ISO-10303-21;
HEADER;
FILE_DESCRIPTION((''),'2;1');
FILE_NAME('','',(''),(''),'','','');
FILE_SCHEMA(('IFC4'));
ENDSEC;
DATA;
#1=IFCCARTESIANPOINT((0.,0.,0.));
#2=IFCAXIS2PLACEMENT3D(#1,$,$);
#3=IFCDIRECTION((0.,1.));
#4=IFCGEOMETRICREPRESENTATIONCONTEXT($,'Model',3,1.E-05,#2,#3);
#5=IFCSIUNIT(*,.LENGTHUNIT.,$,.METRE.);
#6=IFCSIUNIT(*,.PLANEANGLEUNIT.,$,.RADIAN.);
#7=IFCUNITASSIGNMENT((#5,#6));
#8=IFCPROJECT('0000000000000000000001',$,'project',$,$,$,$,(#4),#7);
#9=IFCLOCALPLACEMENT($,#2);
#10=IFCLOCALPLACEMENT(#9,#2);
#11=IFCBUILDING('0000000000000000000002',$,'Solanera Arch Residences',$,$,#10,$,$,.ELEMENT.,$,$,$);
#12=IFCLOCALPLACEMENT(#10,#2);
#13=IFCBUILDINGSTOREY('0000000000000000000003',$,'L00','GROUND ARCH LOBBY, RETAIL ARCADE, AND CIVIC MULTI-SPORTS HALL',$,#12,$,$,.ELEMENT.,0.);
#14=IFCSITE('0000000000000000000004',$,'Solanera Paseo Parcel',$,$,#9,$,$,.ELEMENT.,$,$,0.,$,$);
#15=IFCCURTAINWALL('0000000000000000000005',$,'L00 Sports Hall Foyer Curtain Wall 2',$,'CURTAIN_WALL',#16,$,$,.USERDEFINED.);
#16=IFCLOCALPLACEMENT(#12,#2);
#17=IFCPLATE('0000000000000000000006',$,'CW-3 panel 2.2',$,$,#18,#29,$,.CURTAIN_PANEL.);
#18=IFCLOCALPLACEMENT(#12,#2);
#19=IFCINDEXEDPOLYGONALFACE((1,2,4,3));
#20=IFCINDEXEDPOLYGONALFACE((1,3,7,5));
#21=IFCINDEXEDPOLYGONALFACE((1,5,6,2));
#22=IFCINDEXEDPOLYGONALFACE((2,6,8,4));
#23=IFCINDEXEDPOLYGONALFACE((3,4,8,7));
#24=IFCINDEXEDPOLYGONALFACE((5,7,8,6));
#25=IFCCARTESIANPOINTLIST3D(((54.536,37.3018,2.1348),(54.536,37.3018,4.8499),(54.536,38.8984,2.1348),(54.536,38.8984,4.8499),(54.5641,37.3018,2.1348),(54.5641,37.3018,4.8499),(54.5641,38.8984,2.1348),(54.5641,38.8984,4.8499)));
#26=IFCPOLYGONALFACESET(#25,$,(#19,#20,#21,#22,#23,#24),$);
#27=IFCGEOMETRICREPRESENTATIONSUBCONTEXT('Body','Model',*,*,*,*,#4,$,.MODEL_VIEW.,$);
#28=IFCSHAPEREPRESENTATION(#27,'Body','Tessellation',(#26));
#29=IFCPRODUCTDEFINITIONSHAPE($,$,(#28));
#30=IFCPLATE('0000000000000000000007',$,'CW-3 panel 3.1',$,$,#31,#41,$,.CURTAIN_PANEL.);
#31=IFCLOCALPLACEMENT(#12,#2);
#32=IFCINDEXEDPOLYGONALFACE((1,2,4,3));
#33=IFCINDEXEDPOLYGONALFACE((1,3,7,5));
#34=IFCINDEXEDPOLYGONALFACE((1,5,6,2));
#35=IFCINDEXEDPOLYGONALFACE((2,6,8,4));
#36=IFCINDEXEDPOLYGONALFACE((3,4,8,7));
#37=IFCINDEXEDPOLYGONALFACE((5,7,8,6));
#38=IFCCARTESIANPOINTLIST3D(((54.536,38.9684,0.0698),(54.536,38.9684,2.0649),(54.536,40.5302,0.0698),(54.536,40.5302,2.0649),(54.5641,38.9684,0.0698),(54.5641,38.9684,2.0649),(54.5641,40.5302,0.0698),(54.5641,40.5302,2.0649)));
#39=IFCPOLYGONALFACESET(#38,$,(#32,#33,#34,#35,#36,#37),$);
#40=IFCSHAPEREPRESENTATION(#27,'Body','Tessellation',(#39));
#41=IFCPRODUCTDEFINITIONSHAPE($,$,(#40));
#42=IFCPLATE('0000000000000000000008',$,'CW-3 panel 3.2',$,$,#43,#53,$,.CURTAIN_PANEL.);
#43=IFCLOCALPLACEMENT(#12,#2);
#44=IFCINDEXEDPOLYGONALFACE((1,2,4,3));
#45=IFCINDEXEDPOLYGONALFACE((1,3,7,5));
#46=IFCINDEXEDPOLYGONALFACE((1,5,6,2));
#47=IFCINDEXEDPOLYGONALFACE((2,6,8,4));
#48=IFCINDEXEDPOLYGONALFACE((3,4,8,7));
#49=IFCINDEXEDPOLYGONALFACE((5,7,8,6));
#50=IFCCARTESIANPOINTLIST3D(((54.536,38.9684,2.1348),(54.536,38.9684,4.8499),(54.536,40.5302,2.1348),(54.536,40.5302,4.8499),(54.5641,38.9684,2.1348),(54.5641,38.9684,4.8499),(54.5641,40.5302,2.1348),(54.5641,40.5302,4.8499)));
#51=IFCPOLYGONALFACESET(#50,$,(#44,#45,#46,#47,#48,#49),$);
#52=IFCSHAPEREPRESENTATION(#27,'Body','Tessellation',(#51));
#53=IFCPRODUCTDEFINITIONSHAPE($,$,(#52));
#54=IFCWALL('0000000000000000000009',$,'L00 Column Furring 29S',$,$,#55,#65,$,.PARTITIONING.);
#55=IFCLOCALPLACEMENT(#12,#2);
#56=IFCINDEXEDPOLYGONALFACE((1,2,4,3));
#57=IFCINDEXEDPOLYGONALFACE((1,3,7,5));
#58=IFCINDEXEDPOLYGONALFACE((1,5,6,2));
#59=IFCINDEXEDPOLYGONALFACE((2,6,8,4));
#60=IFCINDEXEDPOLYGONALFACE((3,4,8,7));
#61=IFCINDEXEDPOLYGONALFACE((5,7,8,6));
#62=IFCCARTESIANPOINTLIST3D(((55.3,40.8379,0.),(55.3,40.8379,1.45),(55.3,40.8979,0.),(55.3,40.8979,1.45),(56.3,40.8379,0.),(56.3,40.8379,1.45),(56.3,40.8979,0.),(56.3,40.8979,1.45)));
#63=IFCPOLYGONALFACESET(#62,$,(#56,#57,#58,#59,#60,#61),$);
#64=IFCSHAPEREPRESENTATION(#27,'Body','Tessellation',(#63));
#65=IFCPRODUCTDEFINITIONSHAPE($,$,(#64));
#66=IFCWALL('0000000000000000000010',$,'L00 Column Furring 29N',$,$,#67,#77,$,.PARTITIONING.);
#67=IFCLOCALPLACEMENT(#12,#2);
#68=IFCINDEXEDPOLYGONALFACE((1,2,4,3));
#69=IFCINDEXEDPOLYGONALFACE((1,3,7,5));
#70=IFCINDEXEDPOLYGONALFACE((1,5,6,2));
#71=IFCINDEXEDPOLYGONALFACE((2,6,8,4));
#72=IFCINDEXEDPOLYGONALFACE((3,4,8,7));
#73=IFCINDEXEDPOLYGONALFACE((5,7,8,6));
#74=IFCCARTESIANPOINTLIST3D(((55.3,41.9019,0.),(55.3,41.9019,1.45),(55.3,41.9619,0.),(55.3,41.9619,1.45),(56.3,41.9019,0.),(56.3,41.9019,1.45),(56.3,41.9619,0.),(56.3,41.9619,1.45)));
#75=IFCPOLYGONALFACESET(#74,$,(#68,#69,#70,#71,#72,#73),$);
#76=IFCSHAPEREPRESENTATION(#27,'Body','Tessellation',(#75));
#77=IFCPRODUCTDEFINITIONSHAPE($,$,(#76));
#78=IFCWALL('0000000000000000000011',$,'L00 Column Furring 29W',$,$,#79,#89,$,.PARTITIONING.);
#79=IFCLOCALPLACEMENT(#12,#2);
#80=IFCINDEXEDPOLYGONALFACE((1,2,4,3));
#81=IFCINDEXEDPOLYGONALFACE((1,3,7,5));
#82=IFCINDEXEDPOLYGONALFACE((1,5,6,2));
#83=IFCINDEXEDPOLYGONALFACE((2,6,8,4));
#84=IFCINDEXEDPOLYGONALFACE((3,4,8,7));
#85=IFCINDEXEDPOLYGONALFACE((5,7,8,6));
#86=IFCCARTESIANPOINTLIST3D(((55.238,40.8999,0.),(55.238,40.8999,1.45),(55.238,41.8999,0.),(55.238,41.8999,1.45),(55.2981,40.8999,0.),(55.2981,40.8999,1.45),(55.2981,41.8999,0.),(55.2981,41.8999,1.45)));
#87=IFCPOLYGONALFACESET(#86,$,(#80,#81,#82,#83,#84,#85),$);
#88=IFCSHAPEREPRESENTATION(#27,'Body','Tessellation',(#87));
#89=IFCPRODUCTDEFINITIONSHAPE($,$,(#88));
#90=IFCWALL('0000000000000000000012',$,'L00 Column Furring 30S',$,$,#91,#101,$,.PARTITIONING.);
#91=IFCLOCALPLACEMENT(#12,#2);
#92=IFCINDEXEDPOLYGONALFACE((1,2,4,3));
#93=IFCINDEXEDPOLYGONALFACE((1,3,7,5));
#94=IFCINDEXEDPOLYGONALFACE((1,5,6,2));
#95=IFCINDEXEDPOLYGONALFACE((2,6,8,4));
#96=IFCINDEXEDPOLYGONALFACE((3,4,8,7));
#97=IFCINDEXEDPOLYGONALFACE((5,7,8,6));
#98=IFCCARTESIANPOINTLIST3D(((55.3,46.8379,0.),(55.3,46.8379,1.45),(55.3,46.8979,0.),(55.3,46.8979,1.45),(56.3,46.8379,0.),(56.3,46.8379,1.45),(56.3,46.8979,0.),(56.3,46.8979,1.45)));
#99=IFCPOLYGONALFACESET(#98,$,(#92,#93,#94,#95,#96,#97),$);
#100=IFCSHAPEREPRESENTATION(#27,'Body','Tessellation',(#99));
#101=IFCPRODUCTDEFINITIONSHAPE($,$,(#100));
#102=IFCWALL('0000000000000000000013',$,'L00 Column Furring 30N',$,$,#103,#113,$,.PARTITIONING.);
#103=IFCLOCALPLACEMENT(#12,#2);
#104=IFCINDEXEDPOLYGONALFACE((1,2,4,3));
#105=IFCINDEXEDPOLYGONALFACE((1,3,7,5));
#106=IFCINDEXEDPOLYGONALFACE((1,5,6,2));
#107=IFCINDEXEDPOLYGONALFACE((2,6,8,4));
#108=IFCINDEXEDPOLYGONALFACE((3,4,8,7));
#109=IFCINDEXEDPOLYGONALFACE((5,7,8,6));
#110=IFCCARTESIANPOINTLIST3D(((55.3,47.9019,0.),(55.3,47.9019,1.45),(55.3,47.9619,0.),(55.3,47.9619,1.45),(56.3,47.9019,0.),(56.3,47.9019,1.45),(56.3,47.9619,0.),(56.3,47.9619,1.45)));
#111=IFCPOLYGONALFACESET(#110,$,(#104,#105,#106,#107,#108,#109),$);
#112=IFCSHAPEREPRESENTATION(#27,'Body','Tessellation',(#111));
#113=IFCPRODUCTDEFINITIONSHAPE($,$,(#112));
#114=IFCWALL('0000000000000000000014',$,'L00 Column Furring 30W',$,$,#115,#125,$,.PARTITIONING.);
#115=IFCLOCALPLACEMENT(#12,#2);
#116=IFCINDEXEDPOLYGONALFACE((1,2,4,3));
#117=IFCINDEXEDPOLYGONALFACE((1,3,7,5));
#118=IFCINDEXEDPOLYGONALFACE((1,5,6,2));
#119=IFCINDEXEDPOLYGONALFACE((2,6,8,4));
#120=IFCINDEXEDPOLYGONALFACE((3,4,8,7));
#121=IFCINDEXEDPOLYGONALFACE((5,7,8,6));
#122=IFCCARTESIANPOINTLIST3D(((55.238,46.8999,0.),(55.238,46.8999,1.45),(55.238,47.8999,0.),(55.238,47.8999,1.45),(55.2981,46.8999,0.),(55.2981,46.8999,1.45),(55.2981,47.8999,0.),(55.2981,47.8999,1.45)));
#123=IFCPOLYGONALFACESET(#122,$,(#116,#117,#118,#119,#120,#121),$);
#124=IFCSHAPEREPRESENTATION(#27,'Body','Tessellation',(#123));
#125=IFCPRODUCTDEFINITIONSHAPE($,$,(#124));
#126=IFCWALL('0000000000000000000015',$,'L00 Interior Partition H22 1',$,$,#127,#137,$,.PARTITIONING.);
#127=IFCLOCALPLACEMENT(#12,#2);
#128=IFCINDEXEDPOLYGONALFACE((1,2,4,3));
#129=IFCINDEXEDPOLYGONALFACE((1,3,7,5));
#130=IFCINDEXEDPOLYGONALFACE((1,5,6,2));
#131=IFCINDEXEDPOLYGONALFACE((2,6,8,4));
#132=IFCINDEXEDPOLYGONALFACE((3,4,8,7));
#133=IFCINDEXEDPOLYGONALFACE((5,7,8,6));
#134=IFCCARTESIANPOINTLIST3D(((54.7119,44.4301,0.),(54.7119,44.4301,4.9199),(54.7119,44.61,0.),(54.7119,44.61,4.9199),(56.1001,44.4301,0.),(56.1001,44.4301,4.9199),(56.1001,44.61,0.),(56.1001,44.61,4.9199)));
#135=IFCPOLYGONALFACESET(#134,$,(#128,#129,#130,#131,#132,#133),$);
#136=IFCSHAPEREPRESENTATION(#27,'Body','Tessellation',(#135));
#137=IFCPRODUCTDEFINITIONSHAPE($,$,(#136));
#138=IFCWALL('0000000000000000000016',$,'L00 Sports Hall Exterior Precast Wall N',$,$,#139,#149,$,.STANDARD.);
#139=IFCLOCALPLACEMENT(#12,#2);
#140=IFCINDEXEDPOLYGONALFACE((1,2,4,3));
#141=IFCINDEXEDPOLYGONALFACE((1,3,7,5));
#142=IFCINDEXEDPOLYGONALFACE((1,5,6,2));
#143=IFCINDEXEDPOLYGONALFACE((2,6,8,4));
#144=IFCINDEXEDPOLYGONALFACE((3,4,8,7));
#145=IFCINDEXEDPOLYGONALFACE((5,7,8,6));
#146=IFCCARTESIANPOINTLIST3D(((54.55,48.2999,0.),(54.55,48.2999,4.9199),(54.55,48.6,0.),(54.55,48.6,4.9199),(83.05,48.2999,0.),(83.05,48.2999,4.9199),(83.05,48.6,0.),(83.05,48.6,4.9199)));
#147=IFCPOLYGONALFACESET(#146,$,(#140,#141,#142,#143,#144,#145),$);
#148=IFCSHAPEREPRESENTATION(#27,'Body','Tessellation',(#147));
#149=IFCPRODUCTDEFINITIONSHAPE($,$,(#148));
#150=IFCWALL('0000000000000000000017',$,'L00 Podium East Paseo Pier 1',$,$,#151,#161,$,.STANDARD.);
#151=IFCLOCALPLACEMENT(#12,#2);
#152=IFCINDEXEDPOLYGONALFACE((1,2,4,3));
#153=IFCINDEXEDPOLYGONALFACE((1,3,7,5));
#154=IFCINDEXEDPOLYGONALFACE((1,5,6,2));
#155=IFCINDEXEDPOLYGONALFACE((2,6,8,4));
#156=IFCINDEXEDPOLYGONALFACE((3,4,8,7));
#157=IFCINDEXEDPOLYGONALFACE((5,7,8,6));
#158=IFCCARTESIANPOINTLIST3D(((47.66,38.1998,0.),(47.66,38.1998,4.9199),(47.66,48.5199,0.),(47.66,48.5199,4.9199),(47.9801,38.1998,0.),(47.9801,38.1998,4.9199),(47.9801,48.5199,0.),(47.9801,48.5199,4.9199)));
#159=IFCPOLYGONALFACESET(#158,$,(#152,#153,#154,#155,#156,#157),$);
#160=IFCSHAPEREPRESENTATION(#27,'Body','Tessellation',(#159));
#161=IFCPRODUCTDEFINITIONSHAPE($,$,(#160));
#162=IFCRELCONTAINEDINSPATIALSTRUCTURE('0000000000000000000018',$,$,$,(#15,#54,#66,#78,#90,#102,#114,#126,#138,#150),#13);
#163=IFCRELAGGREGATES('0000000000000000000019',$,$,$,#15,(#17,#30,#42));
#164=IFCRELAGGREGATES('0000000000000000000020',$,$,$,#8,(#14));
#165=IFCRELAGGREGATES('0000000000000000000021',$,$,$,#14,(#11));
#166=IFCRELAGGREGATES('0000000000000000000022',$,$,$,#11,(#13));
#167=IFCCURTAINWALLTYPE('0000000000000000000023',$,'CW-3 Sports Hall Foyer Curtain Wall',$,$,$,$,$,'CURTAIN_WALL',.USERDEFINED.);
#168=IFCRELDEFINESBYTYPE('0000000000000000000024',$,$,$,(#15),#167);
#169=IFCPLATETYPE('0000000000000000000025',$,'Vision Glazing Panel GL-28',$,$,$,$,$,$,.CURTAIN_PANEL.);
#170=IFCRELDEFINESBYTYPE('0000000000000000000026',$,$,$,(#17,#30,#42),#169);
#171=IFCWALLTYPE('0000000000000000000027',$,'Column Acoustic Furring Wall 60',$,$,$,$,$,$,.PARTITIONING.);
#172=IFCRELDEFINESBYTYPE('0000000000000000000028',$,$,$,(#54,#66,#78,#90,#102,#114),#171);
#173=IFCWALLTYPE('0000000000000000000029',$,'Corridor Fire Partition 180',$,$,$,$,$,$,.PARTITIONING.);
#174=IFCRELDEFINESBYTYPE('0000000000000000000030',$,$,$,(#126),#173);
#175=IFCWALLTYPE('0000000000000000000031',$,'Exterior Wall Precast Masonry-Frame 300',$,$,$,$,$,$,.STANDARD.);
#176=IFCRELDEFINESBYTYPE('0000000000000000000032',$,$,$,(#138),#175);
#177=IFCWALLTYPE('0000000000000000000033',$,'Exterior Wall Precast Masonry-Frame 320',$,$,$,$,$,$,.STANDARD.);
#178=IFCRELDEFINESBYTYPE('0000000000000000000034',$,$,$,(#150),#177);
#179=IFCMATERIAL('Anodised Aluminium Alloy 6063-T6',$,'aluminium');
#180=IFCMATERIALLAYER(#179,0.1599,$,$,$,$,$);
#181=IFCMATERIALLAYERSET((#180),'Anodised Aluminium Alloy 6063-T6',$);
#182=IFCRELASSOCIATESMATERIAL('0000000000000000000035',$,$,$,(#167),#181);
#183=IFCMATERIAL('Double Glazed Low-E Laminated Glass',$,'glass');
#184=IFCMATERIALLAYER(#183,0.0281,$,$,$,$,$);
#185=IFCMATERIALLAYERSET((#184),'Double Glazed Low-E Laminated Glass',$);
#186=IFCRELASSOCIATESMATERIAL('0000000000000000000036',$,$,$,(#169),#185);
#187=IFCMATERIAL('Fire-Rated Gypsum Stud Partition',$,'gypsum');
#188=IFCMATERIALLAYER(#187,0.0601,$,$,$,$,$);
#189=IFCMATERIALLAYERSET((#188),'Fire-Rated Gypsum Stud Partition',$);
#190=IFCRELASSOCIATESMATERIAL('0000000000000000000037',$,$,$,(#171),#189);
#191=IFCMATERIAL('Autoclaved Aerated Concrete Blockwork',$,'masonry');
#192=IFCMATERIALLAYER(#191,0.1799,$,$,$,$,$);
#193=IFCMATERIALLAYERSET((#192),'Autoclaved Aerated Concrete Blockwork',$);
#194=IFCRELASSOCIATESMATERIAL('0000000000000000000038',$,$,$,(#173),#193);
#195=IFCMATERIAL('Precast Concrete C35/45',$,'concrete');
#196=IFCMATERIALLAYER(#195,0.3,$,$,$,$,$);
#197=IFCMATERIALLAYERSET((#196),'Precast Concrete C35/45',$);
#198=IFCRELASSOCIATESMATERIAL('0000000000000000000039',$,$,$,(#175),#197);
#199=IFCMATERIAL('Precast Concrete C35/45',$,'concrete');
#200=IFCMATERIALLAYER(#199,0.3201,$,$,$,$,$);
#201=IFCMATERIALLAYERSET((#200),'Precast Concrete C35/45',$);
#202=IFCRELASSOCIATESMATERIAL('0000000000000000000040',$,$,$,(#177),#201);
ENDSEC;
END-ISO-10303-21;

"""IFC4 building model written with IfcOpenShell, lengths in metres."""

from ifc_helpers import new_model, si_unit, direction, frame, frame_2d, origin, origin_2d, place, context, subcontext, project, spatial, rectangle, extrude, material, layer, layer_set, type_object, element, aggregate, save


model = new_model("IFC4")

# Units and contexts
model_context = context("Model", 3, precision=1e-05, world=origin(), true_north=direction((0.0, 1.0)))
body_context = subcontext(model_context, "Body", "Model", "MODEL_VIEW")
ifc_project = project(units=[si_unit("LENGTHUNIT", "METRE"), si_unit("PLANEANGLEUNIT", "RADIAN")], contexts=[model_context])

# Site, building, storey
site_placement = place(None, origin())
site = spatial("IfcSite", under=ifc_project, at=site_placement, Name="Solanera Paseo Parcel", CompositionType="ELEMENT", RefElevation=0.0)
building_placement = place(site_placement, origin())
building = spatial("IfcBuilding", under=site, at=building_placement, Name="Solanera Arch Residences", CompositionType="ELEMENT")
storey_placement = place(building_placement, origin())
storey = spatial("IfcBuildingStorey", under=building, at=storey_placement, Name="L00", Description="GROUND ARCH LOBBY, RETAIL ARCADE, AND CIVIC MULTI-SPORTS HALL", CompositionType="ELEMENT", Elevation=0.0)

# Curtain wall
ifc_material_1 = material(Name="Anodised Aluminium Alloy 6063-T6", Category="aluminium")
ifc_layer_1 = layer(ifc_material_1, 0.1599)
ifc_layer_set_1 = layer_set([ifc_layer_1], Name="Anodised Aluminium Alloy 6063-T6")
curtain_wall_type_1 = type_object("IfcCurtainWallType", Name="CW-3 Sports Hall Foyer Curtain Wall", ElementType="CURTAIN_WALL", PredefinedType="USERDEFINED", material=ifc_layer_set_1)
curtain_wall_1_placement = place(storey_placement, origin())
curtain_wall_1 = element("IfcCurtainWall", 1, at=curtain_wall_1_placement, inside=storey, type_object=curtain_wall_type_1, Name="L00 Sports Hall Foyer Curtain Wall 2", ObjectType="CURTAIN_WALL", PredefinedType="USERDEFINED")

# Plates
ifc_material_2 = material(Name="Double Glazed Low-E Laminated Glass", Category="glass")
ifc_layer_2 = layer(ifc_material_2, 0.0281)
ifc_layer_set_2 = layer_set([ifc_layer_2], Name="Double Glazed Low-E Laminated Glass")
plate_type = type_object("IfcPlateType", Name="Vision Glazing Panel GL-28", PredefinedType="CURTAIN_PANEL", material=ifc_layer_set_2)
plate_1_placement = place(storey_placement, frame((54.55, 38.1001, 2.1348), z_axis=(0.0, 0.0, 1.0), x_axis=(0.0, 1.0, 0.0)))
plate_1 = element("IfcPlate", 2, at=plate_1_placement, type_object=plate_type, Name="CW-3 panel 2.2", PredefinedType="CURTAIN_PANEL", context=body_context, shape_type="SweptSolid", body=[
    extrude(rectangle(XDim=1.5967, YDim=0.0281, at=origin_2d()), origin(), (0.0, 0.0, 1.0), 2.7151),
])
plate_2_placement = place(storey_placement, frame((54.55, 39.7493, 0.0698), z_axis=(0.0, 0.0, 1.0), x_axis=(0.0, 1.0, 0.0)))
plate_2 = element("IfcPlate", 3, at=plate_2_placement, type_object=plate_type, Name="CW-3 panel 3.1", PredefinedType="CURTAIN_PANEL", context=body_context, shape_type="SweptSolid", body=[
    extrude(rectangle(XDim=1.5618, YDim=0.0281, at=origin_2d()), origin(), (0.0, 0.0, 1.0), 1.9951),
])
plate_3_placement = place(storey_placement, frame((54.55, 39.7493, 2.1348), z_axis=(0.0, 0.0, 1.0), x_axis=(0.0, 1.0, 0.0)))
plate_3 = element("IfcPlate", 4, at=plate_3_placement, type_object=plate_type, Name="CW-3 panel 3.2", PredefinedType="CURTAIN_PANEL", context=body_context, shape_type="SweptSolid", body=[
    extrude(rectangle(XDim=1.5618, YDim=0.0281, at=origin_2d()), origin(), (0.0, 0.0, 1.0), 2.7151),
])
aggregate(curtain_wall_1, [plate_1, plate_2, plate_3])

# Walls
ifc_material_3 = material(Name="Fire-Rated Gypsum Stud Partition", Category="gypsum")
ifc_layer_3 = layer(ifc_material_3, 0.0601)
ifc_layer_set_3 = layer_set([ifc_layer_3], Name="Fire-Rated Gypsum Stud Partition")
wall_type_1 = type_object("IfcWallType", Name="Column Acoustic Furring Wall 60", PredefinedType="PARTITIONING", material=ifc_layer_set_3)
for number, where, z_axis, x_axis, name in (
    (5, (55.3, 40.8679, 0.0), (0.0, 0.0, 1.0), (1.0, 0.0, 0.0), "L00 Column Furring 29S"),
    (6, (55.3, 41.9319, 0.0), (0.0, 0.0, 1.0), (1.0, 0.0, 0.0), "L00 Column Furring 29N"),
    (7, (55.2681, 40.8999, 0.0), (0.0, 0.0, 1.0), (0.0, 1.0, 0.0), "L00 Column Furring 29W"),
    (8, (55.3, 46.8679, 0.0), (0.0, 0.0, 1.0), (1.0, 0.0, 0.0), "L00 Column Furring 30S"),
    (9, (55.3, 47.9319, 0.0), (0.0, 0.0, 1.0), (1.0, 0.0, 0.0), "L00 Column Furring 30N"),
    (10, (55.2681, 46.8999, 0.0), (0.0, 0.0, 1.0), (0.0, 1.0, 0.0), "L00 Column Furring 30W"),
):
    element("IfcWall", number, at=place(storey_placement, frame(where, z_axis=z_axis, x_axis=x_axis)), inside=storey, type_object=wall_type_1, Name=name, PredefinedType="PARTITIONING", context=body_context, shape_type="SweptSolid", body=[
        extrude(rectangle(XDim=1.0, YDim=0.0601, at=frame_2d((0.5, 0.0))), origin(), (0.0, 0.0, 1.0), 1.45),
    ])
ifc_material_4 = material(Name="Autoclaved Aerated Concrete Blockwork", Category="masonry")
ifc_layer_4 = layer(ifc_material_4, 0.1799)
ifc_layer_set_4 = layer_set([ifc_layer_4], Name="Autoclaved Aerated Concrete Blockwork")
wall_type_2 = type_object("IfcWallType", Name="Corridor Fire Partition 180", PredefinedType="PARTITIONING", material=ifc_layer_set_4)
wall_1_placement = place(storey_placement, frame((54.7119, 44.52, 0.0), z_axis=(0.0, 0.0, 1.0), x_axis=(1.0, 0.0, 0.0)))
element("IfcWall", 11, at=wall_1_placement, inside=storey, type_object=wall_type_2, Name="L00 Interior Partition H22 1", PredefinedType="PARTITIONING", context=body_context, shape_type="SweptSolid", body=[
    extrude(rectangle(XDim=1.3882, YDim=0.1799, at=frame_2d((0.6941, 0.0))), origin(), (0.0, 0.0, 1.0), 4.9199),
])
ifc_material_5 = material(Name="Precast Concrete C35/45", Category="concrete")
ifc_layer_5 = layer(ifc_material_5, 0.3)
ifc_layer_set_5 = layer_set([ifc_layer_5], Name="Precast Concrete C35/45")
wall_type_3 = type_object("IfcWallType", Name="Exterior Wall Precast Masonry-Frame 300", PredefinedType="STANDARD", material=ifc_layer_set_5)
wall_2_placement = place(storey_placement, frame((54.55, 48.45, 0.0), z_axis=(0.0, 0.0, 1.0), x_axis=(1.0, 0.0, 0.0)))
element("IfcWall", 12, at=wall_2_placement, inside=storey, type_object=wall_type_3, Name="L00 Sports Hall Exterior Precast Wall N", PredefinedType="STANDARD", context=body_context, shape_type="SweptSolid", body=[
    extrude(rectangle(XDim=28.5, YDim=0.3, at=frame_2d((14.25, 0.0))), origin(), (0.0, 0.0, 1.0), 4.9199),
])

# Wall
ifc_material_6 = material(Name="Precast Concrete C35/45", Category="concrete")
ifc_layer_6 = layer(ifc_material_6, 0.3201)
ifc_layer_set_6 = layer_set([ifc_layer_6], Name="Precast Concrete C35/45")
wall_type_4 = type_object("IfcWallType", Name="Exterior Wall Precast Masonry-Frame 320", PredefinedType="STANDARD", material=ifc_layer_set_6)
wall_3_placement = place(storey_placement, frame((47.8201, 48.52, 0.0), z_axis=(0.0, 0.0, 1.0), x_axis=(0.0, -1.0, 0.0)))
element("IfcWall", 13, at=wall_3_placement, inside=storey, type_object=wall_type_4, Name="L00 Podium East Paseo Pier 1", PredefinedType="STANDARD", context=body_context, shape_type="SweptSolid", body=[
    extrude(rectangle(XDim=10.3201, YDim=0.3201, at=frame_2d((5.1602, 0.0))), origin(), (0.0, 0.0, 1.0), 4.9199),
])

save(model, "model.ifc")
